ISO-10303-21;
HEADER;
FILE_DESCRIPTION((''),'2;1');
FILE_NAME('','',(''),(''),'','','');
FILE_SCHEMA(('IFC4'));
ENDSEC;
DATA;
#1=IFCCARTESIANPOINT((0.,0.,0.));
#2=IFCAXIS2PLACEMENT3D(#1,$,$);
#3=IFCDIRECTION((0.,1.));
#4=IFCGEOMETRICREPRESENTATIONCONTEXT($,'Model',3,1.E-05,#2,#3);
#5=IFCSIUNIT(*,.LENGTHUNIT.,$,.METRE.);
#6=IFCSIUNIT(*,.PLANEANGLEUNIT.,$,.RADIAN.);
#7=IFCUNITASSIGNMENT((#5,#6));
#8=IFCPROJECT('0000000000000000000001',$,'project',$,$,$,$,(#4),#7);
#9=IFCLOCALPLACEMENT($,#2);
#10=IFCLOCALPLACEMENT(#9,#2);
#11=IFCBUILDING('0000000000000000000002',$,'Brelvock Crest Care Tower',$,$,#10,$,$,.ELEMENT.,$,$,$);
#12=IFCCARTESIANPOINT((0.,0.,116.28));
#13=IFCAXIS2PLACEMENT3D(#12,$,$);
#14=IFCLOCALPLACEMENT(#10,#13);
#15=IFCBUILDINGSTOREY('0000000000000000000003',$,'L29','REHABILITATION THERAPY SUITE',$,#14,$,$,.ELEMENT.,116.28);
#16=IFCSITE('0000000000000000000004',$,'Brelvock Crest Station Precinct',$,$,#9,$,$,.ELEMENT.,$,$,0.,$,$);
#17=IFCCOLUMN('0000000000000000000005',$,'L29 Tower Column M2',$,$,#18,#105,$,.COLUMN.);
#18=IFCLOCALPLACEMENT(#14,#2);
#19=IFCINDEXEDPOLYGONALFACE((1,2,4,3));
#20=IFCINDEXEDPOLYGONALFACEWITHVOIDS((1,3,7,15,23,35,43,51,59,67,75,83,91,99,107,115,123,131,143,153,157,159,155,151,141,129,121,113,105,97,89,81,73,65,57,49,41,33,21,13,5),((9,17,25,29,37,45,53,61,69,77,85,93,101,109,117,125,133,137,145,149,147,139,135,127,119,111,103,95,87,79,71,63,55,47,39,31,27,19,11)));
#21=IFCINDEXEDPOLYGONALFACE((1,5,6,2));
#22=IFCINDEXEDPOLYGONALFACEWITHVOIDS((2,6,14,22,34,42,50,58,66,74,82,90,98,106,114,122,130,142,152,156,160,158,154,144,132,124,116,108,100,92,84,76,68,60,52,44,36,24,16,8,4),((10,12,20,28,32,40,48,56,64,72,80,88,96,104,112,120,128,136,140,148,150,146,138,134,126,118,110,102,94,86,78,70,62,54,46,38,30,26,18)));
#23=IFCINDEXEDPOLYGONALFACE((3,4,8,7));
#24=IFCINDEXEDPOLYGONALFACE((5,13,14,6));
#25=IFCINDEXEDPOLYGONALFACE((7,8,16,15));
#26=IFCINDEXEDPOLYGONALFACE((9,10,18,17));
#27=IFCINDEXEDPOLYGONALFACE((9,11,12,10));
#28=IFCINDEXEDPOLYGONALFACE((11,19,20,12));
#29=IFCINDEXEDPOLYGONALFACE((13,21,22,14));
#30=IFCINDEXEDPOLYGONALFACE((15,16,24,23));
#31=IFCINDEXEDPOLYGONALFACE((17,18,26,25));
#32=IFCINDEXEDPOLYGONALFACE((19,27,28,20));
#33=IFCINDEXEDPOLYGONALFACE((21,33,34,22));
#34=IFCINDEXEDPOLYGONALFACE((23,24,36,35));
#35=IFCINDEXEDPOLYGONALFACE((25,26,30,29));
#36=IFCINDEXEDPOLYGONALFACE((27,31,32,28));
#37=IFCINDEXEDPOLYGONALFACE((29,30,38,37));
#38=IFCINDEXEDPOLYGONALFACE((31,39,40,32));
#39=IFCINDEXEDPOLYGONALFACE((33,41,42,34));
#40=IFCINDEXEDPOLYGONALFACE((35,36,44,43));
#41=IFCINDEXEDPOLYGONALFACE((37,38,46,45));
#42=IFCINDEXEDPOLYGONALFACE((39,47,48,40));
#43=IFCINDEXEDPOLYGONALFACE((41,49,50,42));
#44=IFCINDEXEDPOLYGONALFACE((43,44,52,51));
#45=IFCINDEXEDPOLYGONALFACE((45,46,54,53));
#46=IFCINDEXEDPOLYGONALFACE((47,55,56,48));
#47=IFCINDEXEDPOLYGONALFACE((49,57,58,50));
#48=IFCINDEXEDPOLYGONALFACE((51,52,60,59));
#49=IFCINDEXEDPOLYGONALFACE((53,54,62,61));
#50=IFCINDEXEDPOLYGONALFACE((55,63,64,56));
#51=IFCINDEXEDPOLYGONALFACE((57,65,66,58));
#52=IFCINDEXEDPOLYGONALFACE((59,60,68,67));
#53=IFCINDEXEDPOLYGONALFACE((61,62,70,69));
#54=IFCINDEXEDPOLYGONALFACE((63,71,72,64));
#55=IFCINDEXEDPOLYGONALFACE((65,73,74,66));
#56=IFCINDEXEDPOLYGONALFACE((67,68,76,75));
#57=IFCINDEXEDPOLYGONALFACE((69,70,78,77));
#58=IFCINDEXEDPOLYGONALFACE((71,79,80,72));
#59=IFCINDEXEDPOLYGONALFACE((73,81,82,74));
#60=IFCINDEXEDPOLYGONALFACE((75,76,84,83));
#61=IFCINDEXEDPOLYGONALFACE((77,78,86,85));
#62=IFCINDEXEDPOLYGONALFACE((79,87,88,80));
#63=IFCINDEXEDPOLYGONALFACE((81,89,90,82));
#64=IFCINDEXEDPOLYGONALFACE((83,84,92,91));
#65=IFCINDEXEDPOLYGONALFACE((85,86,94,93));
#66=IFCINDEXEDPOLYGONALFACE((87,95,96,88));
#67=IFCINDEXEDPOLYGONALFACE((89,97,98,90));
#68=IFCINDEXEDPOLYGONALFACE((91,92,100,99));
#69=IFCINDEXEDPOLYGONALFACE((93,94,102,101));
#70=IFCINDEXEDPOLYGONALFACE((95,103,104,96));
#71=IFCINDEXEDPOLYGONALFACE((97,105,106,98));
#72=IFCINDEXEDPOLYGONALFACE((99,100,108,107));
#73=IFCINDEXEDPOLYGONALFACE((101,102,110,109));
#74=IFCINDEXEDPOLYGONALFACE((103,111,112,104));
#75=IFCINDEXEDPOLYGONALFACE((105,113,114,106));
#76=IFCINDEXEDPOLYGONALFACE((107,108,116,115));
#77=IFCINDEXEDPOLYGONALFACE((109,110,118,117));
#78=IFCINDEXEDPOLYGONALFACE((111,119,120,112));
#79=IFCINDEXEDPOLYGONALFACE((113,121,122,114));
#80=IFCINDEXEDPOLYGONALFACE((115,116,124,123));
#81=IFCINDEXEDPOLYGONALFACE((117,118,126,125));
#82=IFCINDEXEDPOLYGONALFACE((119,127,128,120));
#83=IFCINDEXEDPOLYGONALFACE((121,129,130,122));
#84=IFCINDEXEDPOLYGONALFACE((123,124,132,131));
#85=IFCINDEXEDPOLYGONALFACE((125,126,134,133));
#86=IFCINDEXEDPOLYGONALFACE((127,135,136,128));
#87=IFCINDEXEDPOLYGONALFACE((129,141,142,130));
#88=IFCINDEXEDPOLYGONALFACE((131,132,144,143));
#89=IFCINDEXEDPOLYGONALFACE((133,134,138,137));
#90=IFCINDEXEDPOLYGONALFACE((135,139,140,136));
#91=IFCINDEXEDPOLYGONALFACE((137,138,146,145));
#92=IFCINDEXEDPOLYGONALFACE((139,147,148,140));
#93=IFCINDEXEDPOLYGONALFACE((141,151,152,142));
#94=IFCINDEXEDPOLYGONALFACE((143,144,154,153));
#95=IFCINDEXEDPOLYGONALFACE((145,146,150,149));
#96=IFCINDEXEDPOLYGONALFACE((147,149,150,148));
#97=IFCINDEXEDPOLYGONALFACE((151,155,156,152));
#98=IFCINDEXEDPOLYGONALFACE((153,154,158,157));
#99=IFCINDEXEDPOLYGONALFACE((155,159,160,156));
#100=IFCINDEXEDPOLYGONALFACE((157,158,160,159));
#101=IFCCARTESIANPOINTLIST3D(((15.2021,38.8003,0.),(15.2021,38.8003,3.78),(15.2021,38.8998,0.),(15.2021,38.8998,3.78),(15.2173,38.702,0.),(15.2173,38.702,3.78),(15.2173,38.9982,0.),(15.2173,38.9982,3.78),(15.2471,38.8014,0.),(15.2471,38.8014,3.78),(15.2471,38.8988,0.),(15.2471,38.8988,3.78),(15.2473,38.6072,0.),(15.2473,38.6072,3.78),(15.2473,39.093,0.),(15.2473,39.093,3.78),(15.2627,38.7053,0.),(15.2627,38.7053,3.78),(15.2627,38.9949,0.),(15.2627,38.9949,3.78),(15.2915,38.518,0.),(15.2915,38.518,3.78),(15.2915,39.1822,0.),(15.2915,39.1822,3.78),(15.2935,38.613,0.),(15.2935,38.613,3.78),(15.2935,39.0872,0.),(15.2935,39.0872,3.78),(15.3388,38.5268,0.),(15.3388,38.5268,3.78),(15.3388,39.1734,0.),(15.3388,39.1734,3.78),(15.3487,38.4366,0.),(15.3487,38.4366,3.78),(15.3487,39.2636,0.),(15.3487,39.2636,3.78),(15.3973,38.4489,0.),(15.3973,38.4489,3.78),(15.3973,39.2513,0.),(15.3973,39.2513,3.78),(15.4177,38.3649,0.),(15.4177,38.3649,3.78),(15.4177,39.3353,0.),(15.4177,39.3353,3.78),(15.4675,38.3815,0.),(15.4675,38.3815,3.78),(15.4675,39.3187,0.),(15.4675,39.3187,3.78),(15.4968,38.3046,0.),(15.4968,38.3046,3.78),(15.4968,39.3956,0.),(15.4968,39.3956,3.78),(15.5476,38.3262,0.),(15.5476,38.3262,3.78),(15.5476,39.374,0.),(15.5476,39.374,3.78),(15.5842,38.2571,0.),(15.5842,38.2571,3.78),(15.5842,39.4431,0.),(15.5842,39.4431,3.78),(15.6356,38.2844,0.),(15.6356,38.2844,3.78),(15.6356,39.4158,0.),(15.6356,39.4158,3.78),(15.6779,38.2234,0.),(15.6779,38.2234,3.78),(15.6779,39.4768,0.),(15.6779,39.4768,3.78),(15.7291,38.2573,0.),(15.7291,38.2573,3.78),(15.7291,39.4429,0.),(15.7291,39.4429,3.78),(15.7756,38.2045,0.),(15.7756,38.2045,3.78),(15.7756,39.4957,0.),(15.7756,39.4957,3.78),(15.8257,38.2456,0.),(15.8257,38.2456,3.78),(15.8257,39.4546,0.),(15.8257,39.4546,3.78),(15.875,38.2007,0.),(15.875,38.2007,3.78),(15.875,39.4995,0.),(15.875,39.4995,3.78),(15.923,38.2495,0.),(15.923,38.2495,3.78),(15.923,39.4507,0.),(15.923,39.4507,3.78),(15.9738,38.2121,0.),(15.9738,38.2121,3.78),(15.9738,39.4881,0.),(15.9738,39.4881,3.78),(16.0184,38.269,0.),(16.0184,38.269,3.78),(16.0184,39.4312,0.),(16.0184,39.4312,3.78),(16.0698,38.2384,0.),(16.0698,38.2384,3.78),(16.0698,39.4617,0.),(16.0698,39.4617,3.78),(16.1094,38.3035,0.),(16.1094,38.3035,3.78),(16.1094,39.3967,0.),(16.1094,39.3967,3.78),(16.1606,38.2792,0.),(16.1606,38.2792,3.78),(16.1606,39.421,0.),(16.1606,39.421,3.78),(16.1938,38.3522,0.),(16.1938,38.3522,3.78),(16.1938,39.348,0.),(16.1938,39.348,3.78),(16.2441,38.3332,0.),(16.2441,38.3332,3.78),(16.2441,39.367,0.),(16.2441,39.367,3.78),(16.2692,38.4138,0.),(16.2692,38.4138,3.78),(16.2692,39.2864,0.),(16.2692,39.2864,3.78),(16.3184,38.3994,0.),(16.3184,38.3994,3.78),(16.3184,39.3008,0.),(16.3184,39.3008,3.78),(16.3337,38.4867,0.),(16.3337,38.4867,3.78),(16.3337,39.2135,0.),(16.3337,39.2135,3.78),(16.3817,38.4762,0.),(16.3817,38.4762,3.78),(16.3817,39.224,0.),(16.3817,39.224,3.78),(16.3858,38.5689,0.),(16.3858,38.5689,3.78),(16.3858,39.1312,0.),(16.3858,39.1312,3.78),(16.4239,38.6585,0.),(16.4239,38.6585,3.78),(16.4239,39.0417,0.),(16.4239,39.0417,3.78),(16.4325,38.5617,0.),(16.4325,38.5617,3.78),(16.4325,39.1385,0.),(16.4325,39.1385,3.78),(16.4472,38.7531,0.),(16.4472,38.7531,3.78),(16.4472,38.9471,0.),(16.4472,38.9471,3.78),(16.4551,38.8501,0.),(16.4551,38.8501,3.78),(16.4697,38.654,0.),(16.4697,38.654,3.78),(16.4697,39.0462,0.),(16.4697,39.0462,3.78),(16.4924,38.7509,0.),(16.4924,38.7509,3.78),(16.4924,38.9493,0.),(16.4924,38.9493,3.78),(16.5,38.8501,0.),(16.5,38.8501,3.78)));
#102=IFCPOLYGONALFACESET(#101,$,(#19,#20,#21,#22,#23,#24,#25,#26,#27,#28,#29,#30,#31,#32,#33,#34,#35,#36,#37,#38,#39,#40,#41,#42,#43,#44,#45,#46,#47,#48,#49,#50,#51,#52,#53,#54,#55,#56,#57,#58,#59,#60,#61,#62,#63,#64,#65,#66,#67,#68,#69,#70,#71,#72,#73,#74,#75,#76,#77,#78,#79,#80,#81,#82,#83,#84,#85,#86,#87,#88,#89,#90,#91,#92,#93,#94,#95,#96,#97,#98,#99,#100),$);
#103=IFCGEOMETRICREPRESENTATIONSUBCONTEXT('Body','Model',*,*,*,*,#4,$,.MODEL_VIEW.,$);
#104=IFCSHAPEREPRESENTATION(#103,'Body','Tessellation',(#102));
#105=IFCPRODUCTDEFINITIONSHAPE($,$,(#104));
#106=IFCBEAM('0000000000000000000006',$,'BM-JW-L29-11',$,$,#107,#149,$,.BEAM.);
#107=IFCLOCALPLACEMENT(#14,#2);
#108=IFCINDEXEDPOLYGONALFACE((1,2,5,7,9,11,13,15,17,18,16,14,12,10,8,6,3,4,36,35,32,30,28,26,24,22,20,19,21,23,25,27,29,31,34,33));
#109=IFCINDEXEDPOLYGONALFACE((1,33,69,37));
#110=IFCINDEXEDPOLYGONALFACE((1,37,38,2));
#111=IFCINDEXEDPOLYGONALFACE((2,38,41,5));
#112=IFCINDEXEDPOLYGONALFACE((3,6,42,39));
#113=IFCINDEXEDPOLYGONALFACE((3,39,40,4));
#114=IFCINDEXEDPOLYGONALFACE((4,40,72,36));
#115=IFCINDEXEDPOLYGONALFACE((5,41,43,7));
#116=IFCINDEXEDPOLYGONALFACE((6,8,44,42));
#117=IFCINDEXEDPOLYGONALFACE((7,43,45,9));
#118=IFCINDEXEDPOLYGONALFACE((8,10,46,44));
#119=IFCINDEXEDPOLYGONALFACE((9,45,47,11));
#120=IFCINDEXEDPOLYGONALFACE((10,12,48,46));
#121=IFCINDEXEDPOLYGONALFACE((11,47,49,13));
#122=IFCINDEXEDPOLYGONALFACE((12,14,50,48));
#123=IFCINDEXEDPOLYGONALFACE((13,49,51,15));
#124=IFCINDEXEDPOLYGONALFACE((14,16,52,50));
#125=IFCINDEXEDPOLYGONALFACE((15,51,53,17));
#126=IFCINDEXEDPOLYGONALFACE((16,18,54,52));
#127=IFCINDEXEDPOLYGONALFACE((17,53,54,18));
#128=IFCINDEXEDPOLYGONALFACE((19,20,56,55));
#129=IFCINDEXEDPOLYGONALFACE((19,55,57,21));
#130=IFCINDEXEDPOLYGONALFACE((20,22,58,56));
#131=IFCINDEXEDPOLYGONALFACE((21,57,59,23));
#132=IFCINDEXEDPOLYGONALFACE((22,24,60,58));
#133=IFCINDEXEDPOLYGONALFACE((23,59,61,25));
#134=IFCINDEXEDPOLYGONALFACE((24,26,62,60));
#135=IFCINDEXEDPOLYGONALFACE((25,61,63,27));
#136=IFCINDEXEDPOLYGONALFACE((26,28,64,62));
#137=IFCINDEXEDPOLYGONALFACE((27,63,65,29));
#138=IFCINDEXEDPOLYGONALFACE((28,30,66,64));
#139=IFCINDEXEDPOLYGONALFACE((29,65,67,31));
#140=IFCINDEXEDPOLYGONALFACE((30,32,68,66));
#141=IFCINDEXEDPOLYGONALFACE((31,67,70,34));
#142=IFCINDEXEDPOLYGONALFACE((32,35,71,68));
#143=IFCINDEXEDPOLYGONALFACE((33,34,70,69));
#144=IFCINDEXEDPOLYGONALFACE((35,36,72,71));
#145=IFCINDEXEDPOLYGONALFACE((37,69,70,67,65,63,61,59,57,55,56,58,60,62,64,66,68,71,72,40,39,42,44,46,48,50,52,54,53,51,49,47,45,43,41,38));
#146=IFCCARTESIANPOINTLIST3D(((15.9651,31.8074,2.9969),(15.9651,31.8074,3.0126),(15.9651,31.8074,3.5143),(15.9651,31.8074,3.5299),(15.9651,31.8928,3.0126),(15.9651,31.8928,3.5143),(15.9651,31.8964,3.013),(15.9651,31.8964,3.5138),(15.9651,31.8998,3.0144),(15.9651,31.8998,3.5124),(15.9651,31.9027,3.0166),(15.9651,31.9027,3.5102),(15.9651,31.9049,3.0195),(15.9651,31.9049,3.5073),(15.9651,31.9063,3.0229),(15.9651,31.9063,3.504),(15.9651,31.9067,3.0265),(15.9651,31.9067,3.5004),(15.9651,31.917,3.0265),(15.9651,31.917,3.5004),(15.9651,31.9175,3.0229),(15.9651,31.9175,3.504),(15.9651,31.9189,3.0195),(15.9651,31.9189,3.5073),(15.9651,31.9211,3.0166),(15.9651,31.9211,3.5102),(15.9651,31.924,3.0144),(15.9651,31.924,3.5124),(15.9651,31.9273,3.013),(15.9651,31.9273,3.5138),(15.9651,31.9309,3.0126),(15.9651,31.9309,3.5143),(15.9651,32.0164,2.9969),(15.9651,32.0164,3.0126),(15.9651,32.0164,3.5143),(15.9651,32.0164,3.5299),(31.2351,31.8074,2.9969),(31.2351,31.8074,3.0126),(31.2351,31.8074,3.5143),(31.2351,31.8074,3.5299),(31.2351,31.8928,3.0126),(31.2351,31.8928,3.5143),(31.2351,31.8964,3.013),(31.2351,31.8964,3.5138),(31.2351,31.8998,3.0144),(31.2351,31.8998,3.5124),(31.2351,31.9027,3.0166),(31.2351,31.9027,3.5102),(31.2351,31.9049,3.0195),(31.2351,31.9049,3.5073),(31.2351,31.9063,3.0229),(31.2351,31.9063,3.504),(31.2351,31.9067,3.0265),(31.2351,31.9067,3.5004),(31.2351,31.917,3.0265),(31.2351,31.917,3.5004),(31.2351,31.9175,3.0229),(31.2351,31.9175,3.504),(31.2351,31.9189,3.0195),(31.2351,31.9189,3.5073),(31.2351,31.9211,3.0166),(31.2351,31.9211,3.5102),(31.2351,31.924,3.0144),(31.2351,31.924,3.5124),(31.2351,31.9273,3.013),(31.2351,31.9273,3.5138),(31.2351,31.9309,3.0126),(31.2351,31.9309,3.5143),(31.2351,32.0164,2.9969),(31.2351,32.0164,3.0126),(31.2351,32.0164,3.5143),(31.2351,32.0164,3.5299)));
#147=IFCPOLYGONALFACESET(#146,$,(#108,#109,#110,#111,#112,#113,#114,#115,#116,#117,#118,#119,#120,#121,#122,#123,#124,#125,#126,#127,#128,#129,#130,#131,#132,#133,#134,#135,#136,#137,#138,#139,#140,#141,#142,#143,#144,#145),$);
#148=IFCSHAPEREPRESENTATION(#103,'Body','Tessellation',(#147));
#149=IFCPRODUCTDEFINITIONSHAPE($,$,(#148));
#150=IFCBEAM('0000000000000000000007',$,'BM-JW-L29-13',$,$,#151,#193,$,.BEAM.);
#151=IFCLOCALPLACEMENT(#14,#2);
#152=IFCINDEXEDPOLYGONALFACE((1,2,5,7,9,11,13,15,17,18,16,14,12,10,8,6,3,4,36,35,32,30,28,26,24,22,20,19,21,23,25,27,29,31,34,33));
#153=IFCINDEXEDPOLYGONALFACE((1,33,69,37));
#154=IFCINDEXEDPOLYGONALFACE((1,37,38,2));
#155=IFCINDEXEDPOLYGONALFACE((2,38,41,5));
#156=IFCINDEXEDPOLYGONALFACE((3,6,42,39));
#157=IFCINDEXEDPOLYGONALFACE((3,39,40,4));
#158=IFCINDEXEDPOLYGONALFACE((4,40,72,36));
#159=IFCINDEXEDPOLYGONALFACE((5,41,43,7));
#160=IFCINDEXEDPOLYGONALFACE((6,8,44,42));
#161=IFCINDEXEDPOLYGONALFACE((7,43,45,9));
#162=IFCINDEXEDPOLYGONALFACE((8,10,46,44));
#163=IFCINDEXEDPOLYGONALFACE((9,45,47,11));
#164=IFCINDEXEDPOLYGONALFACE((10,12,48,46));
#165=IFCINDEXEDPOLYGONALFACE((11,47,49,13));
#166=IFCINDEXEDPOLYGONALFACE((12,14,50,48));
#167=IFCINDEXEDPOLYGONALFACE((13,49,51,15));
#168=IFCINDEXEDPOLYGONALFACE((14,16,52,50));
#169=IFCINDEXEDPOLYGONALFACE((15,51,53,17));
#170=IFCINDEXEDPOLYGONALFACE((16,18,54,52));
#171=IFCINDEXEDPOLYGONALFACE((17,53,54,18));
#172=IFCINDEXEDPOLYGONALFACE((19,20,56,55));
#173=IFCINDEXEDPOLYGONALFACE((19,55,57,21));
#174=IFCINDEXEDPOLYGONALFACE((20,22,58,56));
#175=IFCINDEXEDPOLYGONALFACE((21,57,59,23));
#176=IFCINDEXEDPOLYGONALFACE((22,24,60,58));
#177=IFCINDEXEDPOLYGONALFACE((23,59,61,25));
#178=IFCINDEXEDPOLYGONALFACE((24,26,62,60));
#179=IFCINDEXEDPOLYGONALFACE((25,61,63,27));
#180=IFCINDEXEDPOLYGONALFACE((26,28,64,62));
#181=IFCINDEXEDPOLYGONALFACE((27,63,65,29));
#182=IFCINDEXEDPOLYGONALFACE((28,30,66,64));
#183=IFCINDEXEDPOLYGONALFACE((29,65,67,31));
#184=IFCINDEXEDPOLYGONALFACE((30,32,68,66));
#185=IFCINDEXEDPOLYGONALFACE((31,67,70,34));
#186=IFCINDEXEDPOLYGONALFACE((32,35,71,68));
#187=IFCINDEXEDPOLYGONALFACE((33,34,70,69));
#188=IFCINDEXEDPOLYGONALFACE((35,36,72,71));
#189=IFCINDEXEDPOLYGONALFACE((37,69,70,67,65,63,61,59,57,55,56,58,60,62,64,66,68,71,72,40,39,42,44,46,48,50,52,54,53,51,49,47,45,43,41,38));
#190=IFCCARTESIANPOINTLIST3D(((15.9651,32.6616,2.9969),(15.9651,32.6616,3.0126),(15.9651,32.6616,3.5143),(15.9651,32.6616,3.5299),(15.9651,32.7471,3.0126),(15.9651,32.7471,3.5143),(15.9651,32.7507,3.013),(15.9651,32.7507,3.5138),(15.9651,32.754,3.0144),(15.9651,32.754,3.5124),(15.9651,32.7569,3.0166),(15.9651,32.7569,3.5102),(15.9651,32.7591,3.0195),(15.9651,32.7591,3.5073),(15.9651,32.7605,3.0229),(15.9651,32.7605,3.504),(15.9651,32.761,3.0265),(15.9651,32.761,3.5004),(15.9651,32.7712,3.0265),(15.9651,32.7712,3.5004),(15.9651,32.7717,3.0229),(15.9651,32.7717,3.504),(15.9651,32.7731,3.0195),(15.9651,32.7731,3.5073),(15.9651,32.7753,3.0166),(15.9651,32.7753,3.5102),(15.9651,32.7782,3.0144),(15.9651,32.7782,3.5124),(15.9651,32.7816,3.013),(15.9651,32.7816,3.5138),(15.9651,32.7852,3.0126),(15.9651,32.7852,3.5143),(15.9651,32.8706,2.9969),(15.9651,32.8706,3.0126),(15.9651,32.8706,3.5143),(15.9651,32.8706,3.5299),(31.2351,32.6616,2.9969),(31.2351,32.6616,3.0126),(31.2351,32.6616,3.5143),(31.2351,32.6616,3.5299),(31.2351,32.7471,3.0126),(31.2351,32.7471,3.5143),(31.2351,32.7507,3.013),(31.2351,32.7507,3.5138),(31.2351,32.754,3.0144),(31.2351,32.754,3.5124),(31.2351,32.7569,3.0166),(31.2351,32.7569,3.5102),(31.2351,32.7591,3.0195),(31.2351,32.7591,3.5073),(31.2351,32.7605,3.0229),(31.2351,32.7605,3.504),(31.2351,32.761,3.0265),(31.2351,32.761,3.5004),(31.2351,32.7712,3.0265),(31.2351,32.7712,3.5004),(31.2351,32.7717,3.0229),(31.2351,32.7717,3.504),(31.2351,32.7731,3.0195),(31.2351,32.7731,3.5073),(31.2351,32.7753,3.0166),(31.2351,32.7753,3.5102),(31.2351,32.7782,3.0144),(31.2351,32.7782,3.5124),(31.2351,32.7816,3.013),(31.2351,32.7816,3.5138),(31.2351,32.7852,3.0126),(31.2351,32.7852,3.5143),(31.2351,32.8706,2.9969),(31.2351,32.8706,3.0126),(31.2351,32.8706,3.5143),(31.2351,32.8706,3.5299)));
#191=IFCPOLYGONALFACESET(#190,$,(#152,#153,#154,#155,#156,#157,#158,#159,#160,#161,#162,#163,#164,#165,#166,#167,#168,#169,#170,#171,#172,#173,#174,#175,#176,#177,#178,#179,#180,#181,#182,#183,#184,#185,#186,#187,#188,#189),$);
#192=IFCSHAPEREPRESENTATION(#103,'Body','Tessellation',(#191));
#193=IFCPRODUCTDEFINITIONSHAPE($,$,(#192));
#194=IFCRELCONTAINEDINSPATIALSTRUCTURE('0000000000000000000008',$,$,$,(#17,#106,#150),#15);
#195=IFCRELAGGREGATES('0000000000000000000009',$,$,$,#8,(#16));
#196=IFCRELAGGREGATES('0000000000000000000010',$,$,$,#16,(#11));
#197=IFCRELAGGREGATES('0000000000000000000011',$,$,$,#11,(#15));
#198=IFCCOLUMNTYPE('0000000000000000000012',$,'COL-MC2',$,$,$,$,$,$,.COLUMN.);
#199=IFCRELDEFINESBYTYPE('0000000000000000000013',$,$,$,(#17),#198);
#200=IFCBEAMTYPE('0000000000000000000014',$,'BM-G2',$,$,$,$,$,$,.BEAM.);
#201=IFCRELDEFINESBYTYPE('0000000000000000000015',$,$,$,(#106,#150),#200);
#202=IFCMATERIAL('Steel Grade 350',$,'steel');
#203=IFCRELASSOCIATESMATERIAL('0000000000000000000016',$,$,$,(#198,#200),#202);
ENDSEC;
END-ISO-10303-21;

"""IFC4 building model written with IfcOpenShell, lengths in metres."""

from ifc_helpers import new_model, si_unit, direction, frame, origin, origin_2d, place, context, subcontext, project, spatial, hollow_circle, i_section, extrude, source, transform, mapped, material, material_profile, profile_set, type_object, element, save


model = new_model("IFC4")

# Units and contexts
model_context = context("Model", 3, precision=1e-05, world=origin(), true_north=direction((0.0, 1.0)))
body_context = subcontext(model_context, "Body", "Model", "MODEL_VIEW")
ifc_project = project(units=[si_unit("LENGTHUNIT", "METRE"), si_unit("PLANEANGLEUNIT", "RADIAN")], contexts=[model_context])

# Site, building, storey
site_placement = place(None, origin())
site = spatial("IfcSite", under=ifc_project, at=site_placement, Name="Brelvock Crest Station Precinct", CompositionType="ELEMENT", RefElevation=0.0)
building_placement = place(site_placement, origin())
building = spatial("IfcBuilding", under=site, at=building_placement, Name="Brelvock Crest Care Tower", CompositionType="ELEMENT")
storey_placement = place(building_placement, frame((0.0, 0.0, 116.28)))
storey = spatial("IfcBuildingStorey", under=building, at=storey_placement, Name="L29", Description="REHABILITATION THERAPY SUITE", CompositionType="ELEMENT", Elevation=116.28)

# Column
ifc_material_1 = material(Name="Steel Grade 350", Category="steel")
ifc_material_profile_1 = material_profile(ifc_material_1, hollow_circle(Radius=0.6499, WallThickness=0.0449, at=origin_2d()), Name="CFT1300x45")
ifc_profile_set_1 = profile_set([ifc_material_profile_1], Name="Steel Grade 350")
column_type = type_object("IfcColumnType", Name="COL-MC2", PredefinedType="COLUMN", material=ifc_profile_set_1)
shared_shape_1 = source(origin(), body_context, "Body", "SweptSolid", [
    extrude(hollow_circle(Radius=0.6499, WallThickness=0.0449, at=origin_2d()), origin(), (0.0, 0.0, 1.0), 3.78),
])
column_placement = place(storey_placement, frame((15.8501, 38.8501, 0.0), z_axis=(0.0, 0.0, 1.0), x_axis=(1.0, 0.0, 0.0)))
element("IfcColumn", 1, at=column_placement, inside=storey, type_object=column_type, Name="L29 Tower Column M2", PredefinedType="COLUMN", context=body_context, shape_type="MappedRepresentation", body=[
    mapped(shared_shape_1, transform((0.0, 0.0, 0.0), x_axis=(1.0, 0.0, 0.0), y_axis=(0.0, 1.0, 0.0), z_axis=(0.0, 0.0, 1.0), scale=1.0)),
])

# Beams
ifc_material_profile_2 = material_profile(ifc_material_1, i_section(OverallWidth=0.209, OverallDepth=0.533, WebThickness=0.0103, FlangeThickness=0.0156, FilletRadius=0.0139, at=origin_2d()), Name="530UB92.4")
ifc_profile_set_2 = profile_set([ifc_material_profile_2], Name="Steel Grade 350")
beam_type_1 = type_object("IfcBeamType", Name="BM-G2", PredefinedType="BEAM", material=ifc_profile_set_2)
shared_shape_2 = source(origin(), body_context, "Body", "SweptSolid", [
    extrude(i_section(OverallWidth=0.209, OverallDepth=0.533, WebThickness=0.0103, FlangeThickness=0.0156, FilletRadius=0.0139, at=origin_2d()), origin(), (0.0, 0.0, 1.0), 15.27),
])
for number, where, z_axis, x_axis, name in (
    (2, (15.9651, 31.9119, 3.2634), (1.0, 0.0, 0.0), (0.0, 1.0, 0.0), "BM-JW-L29-11"),
    (3, (15.9651, 32.7661, 3.2634), (1.0, 0.0, 0.0), (0.0, 1.0, 0.0), "BM-JW-L29-13"),
):
    element("IfcBeam", number, at=place(storey_placement, frame(where, z_axis=z_axis, x_axis=x_axis)), inside=storey, type_object=beam_type_1, Name=name, PredefinedType="BEAM", context=body_context, shape_type="MappedRepresentation", body=[
        mapped(shared_shape_2, transform((0.0, 0.0, 0.0), x_axis=(1.0, 0.0, 0.0), y_axis=(0.0, 1.0, 0.0), z_axis=(0.0, 0.0, 1.0), scale=1.0)),
    ])

save(model, "model.ifc")
